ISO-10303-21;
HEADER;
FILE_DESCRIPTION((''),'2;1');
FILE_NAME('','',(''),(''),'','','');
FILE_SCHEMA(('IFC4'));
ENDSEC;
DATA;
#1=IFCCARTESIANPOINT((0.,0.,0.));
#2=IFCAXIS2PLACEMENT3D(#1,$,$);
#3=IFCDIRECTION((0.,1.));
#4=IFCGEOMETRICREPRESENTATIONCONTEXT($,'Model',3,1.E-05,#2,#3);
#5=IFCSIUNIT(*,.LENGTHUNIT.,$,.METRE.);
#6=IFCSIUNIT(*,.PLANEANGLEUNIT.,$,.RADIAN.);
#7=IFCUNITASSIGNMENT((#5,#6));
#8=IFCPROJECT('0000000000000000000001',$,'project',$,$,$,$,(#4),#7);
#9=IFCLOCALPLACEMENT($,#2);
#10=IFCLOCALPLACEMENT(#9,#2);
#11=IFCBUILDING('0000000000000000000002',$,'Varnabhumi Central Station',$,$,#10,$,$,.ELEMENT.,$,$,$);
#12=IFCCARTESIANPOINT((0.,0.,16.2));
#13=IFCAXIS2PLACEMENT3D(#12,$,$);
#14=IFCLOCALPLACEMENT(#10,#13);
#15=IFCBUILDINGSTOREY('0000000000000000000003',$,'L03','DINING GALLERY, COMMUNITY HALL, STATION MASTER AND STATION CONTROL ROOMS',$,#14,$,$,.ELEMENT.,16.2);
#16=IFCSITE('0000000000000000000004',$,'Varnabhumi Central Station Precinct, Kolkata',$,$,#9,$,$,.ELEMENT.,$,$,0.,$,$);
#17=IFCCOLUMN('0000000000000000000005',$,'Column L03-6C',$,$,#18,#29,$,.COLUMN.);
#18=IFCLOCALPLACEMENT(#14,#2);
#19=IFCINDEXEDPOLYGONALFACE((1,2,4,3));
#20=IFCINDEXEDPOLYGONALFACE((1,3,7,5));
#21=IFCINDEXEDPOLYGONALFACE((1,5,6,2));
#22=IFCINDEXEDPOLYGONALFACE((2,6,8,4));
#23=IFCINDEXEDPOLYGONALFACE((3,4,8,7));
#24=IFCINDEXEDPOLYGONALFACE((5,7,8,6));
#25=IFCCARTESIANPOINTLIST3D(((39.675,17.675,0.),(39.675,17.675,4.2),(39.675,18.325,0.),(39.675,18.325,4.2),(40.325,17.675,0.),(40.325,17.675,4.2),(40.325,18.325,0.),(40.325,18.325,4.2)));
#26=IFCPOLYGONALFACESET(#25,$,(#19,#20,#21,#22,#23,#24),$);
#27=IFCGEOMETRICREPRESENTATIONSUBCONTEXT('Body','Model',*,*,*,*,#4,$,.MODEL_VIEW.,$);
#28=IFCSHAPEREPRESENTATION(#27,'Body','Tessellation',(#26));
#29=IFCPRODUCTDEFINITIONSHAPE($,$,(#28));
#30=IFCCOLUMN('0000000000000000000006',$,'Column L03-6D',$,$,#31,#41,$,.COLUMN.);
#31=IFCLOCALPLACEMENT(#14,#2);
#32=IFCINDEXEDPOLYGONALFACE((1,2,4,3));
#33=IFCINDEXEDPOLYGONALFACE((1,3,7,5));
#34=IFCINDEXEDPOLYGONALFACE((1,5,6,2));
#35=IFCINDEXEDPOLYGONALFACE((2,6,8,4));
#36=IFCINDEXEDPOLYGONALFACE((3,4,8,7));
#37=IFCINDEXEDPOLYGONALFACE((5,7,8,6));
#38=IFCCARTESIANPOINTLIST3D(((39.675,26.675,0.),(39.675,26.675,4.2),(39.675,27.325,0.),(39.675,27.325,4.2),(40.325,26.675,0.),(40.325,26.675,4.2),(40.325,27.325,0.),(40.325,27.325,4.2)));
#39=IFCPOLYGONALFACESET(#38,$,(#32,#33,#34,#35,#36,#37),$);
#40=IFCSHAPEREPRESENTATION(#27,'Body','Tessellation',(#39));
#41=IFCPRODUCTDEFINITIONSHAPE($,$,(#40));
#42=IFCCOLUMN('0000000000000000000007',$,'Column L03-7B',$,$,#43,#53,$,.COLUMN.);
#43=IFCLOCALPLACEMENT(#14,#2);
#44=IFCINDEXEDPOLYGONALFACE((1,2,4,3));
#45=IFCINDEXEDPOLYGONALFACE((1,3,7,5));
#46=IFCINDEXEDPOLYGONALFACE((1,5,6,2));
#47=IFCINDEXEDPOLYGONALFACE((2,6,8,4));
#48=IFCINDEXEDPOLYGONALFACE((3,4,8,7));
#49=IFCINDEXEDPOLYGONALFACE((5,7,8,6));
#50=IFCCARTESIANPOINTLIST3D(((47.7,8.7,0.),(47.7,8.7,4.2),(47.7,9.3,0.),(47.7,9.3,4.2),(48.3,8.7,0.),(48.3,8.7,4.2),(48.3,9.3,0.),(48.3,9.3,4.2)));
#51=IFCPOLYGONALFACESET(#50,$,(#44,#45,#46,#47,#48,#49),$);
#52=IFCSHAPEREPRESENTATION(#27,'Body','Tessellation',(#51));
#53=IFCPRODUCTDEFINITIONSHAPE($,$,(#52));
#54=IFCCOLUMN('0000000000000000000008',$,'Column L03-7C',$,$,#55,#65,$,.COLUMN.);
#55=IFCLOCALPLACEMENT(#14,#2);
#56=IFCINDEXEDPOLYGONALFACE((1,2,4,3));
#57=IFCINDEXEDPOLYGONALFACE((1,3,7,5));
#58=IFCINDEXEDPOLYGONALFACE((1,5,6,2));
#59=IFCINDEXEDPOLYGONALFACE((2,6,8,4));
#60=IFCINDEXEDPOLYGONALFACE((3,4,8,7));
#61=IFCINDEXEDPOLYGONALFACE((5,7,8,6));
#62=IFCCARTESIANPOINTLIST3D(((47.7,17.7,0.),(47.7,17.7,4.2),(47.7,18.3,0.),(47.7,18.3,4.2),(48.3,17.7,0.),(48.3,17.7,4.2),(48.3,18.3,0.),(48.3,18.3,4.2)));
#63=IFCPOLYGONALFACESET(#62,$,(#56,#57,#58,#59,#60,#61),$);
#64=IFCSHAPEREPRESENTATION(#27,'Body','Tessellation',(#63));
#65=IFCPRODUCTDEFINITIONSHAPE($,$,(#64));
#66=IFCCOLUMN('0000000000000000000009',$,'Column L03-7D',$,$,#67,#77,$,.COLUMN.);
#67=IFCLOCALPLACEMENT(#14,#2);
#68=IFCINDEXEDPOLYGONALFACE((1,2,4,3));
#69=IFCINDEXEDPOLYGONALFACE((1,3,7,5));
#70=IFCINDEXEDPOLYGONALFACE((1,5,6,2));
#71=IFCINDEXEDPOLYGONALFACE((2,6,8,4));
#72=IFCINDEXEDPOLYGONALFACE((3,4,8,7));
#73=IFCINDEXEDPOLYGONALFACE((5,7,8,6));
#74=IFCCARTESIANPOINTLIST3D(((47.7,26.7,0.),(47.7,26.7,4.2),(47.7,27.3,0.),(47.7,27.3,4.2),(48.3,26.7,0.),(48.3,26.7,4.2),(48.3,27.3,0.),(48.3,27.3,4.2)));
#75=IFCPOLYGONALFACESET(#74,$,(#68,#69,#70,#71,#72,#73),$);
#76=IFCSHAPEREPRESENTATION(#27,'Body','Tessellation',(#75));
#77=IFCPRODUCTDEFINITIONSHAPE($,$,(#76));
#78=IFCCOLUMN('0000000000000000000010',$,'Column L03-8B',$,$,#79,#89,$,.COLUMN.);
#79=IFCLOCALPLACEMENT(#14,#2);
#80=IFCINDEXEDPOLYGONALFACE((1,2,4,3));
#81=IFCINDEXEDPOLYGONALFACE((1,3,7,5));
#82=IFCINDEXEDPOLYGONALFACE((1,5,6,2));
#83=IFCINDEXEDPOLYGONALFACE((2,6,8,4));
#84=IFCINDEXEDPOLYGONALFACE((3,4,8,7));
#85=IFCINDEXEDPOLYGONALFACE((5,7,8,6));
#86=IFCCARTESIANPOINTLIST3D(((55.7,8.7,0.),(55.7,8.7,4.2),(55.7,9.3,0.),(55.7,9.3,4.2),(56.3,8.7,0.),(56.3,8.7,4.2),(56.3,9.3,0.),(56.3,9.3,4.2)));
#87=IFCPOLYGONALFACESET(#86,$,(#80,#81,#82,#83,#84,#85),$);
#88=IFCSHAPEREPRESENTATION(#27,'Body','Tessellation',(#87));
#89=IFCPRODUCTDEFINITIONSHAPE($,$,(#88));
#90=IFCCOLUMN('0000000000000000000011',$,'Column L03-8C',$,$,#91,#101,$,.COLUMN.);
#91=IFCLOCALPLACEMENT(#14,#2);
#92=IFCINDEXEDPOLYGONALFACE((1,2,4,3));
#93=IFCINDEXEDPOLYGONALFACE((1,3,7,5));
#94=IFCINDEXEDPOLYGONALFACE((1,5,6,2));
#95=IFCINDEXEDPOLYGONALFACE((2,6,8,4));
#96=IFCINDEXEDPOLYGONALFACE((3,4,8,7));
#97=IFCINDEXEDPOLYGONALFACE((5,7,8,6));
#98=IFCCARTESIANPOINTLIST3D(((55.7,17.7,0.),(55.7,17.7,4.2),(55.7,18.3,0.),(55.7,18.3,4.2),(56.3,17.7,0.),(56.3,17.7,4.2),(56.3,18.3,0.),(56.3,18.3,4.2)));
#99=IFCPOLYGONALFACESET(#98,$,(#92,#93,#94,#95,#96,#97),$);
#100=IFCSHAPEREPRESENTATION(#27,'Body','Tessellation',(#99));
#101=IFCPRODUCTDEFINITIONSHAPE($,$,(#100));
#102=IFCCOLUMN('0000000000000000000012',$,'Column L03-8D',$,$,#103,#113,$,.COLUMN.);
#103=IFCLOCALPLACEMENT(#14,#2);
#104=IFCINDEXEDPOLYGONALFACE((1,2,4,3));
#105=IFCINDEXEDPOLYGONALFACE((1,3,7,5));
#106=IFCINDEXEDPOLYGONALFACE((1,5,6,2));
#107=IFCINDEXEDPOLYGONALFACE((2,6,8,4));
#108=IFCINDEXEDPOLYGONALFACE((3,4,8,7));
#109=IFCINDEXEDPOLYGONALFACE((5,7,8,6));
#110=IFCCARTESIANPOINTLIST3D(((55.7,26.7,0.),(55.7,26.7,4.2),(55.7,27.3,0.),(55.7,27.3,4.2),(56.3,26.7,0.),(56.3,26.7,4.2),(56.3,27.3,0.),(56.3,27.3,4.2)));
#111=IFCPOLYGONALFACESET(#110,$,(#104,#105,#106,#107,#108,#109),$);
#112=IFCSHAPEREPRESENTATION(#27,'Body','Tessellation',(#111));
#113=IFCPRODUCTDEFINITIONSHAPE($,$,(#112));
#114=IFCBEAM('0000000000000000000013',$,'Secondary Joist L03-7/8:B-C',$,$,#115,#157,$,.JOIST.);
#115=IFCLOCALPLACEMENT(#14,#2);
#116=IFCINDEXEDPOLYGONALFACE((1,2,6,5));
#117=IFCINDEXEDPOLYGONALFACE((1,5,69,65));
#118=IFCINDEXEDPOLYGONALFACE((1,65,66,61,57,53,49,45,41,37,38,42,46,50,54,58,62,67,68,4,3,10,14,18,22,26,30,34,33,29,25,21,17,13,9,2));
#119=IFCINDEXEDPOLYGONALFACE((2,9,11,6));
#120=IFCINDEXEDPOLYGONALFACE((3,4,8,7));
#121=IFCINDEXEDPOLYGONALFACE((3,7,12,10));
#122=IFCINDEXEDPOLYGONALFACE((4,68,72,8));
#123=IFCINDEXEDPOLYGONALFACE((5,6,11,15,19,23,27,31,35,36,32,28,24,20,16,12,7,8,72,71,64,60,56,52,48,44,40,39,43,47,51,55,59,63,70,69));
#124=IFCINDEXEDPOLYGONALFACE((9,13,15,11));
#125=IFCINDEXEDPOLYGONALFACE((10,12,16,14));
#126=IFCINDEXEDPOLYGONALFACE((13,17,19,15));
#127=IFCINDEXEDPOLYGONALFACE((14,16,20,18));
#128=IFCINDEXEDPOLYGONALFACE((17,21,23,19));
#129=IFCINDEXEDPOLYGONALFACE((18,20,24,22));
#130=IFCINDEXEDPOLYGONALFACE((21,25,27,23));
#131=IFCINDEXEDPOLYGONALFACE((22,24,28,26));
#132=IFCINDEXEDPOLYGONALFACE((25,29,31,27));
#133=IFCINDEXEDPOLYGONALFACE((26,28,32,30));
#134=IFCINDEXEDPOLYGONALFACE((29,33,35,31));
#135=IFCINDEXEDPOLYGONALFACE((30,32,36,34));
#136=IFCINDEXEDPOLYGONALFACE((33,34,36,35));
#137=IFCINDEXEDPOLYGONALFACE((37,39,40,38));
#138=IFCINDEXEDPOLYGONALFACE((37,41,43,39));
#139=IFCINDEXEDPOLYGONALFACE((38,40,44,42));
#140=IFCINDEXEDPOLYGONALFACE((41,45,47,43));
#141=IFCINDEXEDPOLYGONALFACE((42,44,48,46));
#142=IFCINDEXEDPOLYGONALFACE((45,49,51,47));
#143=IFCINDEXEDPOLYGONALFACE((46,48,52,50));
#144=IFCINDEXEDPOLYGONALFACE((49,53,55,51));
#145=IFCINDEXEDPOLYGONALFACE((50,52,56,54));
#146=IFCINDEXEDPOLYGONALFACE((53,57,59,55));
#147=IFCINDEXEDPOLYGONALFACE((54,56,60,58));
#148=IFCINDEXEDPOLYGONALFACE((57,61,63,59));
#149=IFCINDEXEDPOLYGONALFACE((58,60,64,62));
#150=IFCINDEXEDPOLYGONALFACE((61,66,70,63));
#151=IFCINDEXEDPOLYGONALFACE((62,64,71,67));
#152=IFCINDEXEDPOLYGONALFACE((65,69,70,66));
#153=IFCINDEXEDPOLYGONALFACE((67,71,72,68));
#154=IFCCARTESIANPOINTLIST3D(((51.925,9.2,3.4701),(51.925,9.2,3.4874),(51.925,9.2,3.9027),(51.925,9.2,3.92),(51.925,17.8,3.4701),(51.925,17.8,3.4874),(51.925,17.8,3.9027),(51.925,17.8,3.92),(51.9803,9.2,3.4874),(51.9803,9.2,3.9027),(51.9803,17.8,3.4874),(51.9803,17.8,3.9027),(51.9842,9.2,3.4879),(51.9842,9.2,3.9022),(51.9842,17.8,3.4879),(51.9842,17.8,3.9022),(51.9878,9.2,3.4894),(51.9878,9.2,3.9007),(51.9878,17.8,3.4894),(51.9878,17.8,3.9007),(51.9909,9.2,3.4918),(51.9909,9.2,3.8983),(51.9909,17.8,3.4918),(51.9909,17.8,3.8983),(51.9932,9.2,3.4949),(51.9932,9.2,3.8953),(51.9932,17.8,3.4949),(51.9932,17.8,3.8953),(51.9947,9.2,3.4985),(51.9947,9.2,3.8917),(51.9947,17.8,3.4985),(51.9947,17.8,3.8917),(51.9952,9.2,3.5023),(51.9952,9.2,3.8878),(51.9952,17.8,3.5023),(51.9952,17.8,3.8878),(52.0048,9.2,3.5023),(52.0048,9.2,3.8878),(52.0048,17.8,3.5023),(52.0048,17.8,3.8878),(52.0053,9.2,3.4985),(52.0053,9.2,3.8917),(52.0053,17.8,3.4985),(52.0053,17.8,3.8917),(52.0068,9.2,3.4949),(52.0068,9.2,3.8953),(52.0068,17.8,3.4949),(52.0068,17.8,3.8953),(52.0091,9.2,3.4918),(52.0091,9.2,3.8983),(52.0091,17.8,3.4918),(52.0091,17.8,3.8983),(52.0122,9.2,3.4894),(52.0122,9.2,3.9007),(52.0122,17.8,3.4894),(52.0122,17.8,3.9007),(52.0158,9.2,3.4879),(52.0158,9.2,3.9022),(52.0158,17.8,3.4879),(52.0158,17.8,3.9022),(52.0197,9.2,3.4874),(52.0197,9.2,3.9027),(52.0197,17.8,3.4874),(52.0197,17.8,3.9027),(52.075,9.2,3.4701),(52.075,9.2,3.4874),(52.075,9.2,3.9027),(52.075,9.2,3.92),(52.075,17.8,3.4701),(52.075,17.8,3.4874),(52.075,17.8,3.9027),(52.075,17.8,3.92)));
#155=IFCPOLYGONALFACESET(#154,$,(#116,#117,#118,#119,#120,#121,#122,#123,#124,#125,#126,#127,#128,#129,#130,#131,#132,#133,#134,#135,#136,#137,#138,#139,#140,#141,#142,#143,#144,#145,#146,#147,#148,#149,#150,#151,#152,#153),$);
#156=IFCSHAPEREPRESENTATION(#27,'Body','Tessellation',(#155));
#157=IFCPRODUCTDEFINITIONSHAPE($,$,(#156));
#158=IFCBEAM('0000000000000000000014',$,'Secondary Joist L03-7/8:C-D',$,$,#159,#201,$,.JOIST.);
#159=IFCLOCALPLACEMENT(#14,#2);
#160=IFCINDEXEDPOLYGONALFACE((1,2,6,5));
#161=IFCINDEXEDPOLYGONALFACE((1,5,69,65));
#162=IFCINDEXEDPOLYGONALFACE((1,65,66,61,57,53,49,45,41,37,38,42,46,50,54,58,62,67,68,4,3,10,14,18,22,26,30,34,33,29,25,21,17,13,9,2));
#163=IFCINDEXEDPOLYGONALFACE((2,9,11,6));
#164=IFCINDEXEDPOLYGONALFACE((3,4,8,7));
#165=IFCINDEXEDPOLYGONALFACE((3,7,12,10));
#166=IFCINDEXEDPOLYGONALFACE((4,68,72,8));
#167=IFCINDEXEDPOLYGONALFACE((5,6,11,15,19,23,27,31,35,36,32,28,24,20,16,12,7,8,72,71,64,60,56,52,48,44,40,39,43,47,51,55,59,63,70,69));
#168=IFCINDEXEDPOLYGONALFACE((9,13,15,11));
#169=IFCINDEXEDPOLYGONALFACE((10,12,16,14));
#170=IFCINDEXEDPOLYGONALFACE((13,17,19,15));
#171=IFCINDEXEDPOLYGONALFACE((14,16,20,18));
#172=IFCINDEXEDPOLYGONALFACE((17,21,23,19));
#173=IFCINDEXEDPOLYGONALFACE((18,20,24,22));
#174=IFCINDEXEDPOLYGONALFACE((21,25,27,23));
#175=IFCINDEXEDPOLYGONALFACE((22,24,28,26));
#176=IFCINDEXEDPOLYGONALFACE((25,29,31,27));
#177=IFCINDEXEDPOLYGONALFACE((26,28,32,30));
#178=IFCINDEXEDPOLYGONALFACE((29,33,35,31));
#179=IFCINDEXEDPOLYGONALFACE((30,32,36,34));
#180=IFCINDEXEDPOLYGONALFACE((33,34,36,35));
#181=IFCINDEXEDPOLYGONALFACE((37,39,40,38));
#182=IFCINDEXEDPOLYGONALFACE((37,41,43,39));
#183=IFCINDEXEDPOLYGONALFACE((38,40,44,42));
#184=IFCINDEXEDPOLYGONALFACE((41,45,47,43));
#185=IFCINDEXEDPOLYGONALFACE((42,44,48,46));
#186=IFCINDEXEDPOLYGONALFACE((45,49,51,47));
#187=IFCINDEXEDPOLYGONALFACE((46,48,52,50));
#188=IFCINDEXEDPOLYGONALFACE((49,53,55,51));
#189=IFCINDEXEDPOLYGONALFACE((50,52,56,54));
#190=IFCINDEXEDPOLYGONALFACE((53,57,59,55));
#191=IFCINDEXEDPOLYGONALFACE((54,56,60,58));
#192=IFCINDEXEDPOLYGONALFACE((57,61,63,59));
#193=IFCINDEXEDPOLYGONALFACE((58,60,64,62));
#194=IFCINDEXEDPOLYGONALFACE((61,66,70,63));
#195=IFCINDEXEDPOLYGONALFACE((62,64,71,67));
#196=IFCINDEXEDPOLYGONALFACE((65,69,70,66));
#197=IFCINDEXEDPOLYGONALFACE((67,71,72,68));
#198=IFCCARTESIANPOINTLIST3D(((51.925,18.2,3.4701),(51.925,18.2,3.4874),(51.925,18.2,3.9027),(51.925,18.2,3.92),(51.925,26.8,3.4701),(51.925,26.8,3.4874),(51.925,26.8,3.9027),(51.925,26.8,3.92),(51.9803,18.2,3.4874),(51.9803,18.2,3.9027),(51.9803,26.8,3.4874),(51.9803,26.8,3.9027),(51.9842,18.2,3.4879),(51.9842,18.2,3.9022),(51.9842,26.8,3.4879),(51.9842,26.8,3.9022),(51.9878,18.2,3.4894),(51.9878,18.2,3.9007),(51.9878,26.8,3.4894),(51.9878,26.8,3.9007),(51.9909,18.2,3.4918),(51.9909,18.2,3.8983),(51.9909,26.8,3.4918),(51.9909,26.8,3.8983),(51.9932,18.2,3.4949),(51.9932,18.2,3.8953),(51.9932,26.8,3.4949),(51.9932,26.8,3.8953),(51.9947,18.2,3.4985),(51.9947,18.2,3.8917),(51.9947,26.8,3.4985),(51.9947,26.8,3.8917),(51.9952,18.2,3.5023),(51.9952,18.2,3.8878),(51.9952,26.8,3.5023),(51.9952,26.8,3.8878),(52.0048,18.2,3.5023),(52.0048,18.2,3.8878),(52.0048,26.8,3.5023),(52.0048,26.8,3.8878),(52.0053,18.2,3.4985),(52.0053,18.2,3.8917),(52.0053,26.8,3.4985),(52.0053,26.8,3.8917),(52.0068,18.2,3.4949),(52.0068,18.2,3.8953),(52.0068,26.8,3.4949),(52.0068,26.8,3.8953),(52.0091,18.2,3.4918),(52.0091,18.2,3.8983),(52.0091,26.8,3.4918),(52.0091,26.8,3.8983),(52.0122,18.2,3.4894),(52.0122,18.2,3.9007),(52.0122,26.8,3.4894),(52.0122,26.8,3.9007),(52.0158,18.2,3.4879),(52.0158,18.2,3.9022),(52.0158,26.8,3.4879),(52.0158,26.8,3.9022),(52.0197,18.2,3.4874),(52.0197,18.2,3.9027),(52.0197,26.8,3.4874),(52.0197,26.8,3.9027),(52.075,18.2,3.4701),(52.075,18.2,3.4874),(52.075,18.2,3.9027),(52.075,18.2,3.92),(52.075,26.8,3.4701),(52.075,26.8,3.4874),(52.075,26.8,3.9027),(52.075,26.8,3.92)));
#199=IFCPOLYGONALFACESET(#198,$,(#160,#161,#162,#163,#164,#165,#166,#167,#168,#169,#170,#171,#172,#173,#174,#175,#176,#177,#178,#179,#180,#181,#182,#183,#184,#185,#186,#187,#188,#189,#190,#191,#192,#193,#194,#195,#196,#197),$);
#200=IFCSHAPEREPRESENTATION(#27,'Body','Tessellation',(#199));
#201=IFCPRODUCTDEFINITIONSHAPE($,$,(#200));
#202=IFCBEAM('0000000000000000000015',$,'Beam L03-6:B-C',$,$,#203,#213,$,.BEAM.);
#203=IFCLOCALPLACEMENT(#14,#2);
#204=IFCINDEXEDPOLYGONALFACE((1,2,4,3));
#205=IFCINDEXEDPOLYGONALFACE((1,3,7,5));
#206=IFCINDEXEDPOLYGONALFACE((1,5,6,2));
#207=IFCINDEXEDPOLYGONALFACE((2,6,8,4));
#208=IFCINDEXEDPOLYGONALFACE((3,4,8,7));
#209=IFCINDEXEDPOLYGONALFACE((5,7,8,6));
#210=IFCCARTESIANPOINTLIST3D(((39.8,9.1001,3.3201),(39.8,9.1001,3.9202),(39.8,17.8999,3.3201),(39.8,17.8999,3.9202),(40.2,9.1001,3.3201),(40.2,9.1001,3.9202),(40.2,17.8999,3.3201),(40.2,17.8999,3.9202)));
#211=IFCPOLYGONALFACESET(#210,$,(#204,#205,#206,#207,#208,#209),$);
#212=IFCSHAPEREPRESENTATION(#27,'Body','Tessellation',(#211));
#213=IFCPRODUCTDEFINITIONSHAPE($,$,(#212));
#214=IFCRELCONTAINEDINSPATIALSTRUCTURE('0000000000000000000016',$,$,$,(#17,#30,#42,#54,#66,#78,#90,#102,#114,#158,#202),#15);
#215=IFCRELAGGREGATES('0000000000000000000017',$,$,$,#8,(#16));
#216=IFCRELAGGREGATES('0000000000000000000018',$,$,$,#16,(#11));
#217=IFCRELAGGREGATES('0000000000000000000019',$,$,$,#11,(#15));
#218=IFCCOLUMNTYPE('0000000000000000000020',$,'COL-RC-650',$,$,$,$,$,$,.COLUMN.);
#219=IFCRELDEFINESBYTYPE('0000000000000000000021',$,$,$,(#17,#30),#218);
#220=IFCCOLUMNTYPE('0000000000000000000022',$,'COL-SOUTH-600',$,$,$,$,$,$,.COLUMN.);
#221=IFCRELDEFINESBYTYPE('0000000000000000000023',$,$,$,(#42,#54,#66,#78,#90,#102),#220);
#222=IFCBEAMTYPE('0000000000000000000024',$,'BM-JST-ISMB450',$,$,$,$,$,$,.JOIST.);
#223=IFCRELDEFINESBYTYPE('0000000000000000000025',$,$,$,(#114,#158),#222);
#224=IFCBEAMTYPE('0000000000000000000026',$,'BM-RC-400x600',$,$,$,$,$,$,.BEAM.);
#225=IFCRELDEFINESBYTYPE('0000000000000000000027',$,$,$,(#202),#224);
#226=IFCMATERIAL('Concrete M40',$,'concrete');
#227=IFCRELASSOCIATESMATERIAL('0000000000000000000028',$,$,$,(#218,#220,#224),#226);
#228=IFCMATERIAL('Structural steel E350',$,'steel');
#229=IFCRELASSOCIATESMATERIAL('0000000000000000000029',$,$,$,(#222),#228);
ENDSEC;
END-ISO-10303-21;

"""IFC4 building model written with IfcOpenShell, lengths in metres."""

from ifc_helpers import new_model, si_unit, direction, frame, origin, origin_2d, place, context, subcontext, project, spatial, rectangle, i_section, extrude, material, material_profile, profile_set, type_object, element, save


model = new_model("IFC4")

# Units and contexts
model_context = context("Model", 3, precision=1e-05, world=origin(), true_north=direction((0.0, 1.0)))
body_context = subcontext(model_context, "Body", "Model", "MODEL_VIEW")
ifc_project = project(units=[si_unit("LENGTHUNIT", "METRE"), si_unit("PLANEANGLEUNIT", "RADIAN")], contexts=[model_context])

# Site, building, storey
site_placement = place(None, origin())
site = spatial("IfcSite", under=ifc_project, at=site_placement, Name="Varnabhumi Central Station Precinct, Kolkata", CompositionType="ELEMENT", RefElevation=0.0)
building_placement = place(site_placement, origin())
building = spatial("IfcBuilding", under=site, at=building_placement, Name="Varnabhumi Central Station", CompositionType="ELEMENT")
storey_placement = place(building_placement, frame((0.0, 0.0, 16.2)))
storey = spatial("IfcBuildingStorey", under=building, at=storey_placement, Name="L03", Description="DINING GALLERY, COMMUNITY HALL, STATION MASTER AND STATION CONTROL ROOMS", CompositionType="ELEMENT", Elevation=16.2)

# Columns
ifc_material_1 = material(Name="Concrete M40", Category="concrete")
ifc_material_profile_1 = material_profile(ifc_material_1, rectangle(XDim=0.6499, YDim=0.6499, at=origin_2d()), Name="Concrete M40", Category="concrete")
ifc_profile_set_1 = profile_set([ifc_material_profile_1], Name="Concrete M40")
column_type_1 = type_object("IfcColumnType", Name="COL-RC-650", PredefinedType="COLUMN", material=ifc_profile_set_1)
for number, where, z_axis, x_axis, name in (
    (1, (40.0, 18.0, 0.0), (0.0, 0.0, 1.0), (1.0, 0.0, 0.0), "Column L03-6C"),
    (2, (40.0, 27.0, 0.0), (0.0, 0.0, 1.0), (1.0, 0.0, 0.0), "Column L03-6D"),
):
    element("IfcColumn", number, at=place(storey_placement, frame(where, z_axis=z_axis, x_axis=x_axis)), inside=storey, type_object=column_type_1, Name=name, PredefinedType="COLUMN", context=body_context, shape_type="SweptSolid", body=[
        extrude(rectangle(XDim=0.6499, YDim=0.6499, at=origin_2d()), origin(), (0.0, 0.0, 1.0), 4.2),
    ])
ifc_material_profile_2 = material_profile(ifc_material_1, rectangle(XDim=0.6001, YDim=0.6001, at=origin_2d()), Name="Concrete M40", Category="concrete")
ifc_profile_set_2 = profile_set([ifc_material_profile_2], Name="Concrete M40")
column_type_2 = type_object("IfcColumnType", Name="COL-SOUTH-600", PredefinedType="COLUMN", material=ifc_profile_set_2)
for number, where, z_axis, x_axis, name in (
    (3, (48.0, 9.0, 0.0), (0.0, 0.0, 1.0), (1.0, 0.0, 0.0), "Column L03-7B"),
    (4, (48.0, 18.0, 0.0), (0.0, 0.0, 1.0), (1.0, 0.0, 0.0), "Column L03-7C"),
    (5, (48.0, 27.0, 0.0), (0.0, 0.0, 1.0), (1.0, 0.0, 0.0), "Column L03-7D"),
    (6, (56.0, 9.0, 0.0), (0.0, 0.0, 1.0), (1.0, 0.0, 0.0), "Column L03-8B"),
    (7, (56.0, 18.0, 0.0), (0.0, 0.0, 1.0), (1.0, 0.0, 0.0), "Column L03-8C"),
    (8, (56.0, 27.0, 0.0), (0.0, 0.0, 1.0), (1.0, 0.0, 0.0), "Column L03-8D"),
):
    element("IfcColumn", number, at=place(storey_placement, frame(where, z_axis=z_axis, x_axis=x_axis)), inside=storey, type_object=column_type_2, Name=name, PredefinedType="COLUMN", context=body_context, shape_type="SweptSolid", body=[
        extrude(rectangle(XDim=0.6001, YDim=0.6001, at=origin_2d()), origin(), (0.0, 0.0, 1.0), 4.2),
    ])

# Beams
ifc_material_2 = material(Name="Structural steel E350", Category="steel")
ifc_material_profile_3 = material_profile(ifc_material_2, i_section(OverallWidth=0.1499, OverallDepth=0.45, WebThickness=0.0095, FlangeThickness=0.0173, FilletRadius=0.0149, at=origin_2d()), Name="Structural steel E350", Category="steel")
ifc_profile_set_3 = profile_set([ifc_material_profile_3], Name="Structural steel E350")
beam_type_1 = type_object("IfcBeamType", Name="BM-JST-ISMB450", PredefinedType="JOIST", material=ifc_profile_set_3)
for number, where, z_axis, x_axis, name in (
    (9, (52.0, 9.2, 3.6951), (0.0, 1.0, 0.0), (-1.0, 0.0, 0.0), "Secondary Joist L03-7/8:B-C"),
    (10, (52.0, 18.2, 3.6951), (0.0, 1.0, 0.0), (-1.0, 0.0, 0.0), "Secondary Joist L03-7/8:C-D"),
):
    element("IfcBeam", number, at=place(storey_placement, frame(where, z_axis=z_axis, x_axis=x_axis)), inside=storey, type_object=beam_type_1, Name=name, PredefinedType="JOIST", context=body_context, shape_type="SweptSolid", body=[
        extrude(i_section(OverallWidth=0.1499, OverallDepth=0.45, WebThickness=0.0095, FlangeThickness=0.0173, FilletRadius=0.0149, at=origin_2d()), origin(), (0.0, 0.0, 1.0), 8.6001),
    ])
ifc_material_profile_4 = material_profile(ifc_material_1, rectangle(XDim=0.3999, YDim=0.6001, at=origin_2d()), Name="Concrete M40", Category="concrete")
ifc_profile_set_4 = profile_set([ifc_material_profile_4], Name="Concrete M40")
beam_type_2 = type_object("IfcBeamType", Name="BM-RC-400x600", PredefinedType="BEAM", material=ifc_profile_set_4)
for number, where, z_axis, x_axis, name in (
    (11, (40.0, 9.1001, 3.6201), (0.0, 1.0, 0.0), (-1.0, 0.0, 0.0), "Beam L03-6:B-C"),
):
    element("IfcBeam", number, at=place(storey_placement, frame(where, z_axis=z_axis, x_axis=x_axis)), inside=storey, type_object=beam_type_2, Name=name, PredefinedType="BEAM", context=body_context, shape_type="SweptSolid", body=[
        extrude(rectangle(XDim=0.3999, YDim=0.6001, at=origin_2d()), origin(), (0.0, 0.0, 1.0), 8.7998),
    ])

save(model, "model.ifc")
